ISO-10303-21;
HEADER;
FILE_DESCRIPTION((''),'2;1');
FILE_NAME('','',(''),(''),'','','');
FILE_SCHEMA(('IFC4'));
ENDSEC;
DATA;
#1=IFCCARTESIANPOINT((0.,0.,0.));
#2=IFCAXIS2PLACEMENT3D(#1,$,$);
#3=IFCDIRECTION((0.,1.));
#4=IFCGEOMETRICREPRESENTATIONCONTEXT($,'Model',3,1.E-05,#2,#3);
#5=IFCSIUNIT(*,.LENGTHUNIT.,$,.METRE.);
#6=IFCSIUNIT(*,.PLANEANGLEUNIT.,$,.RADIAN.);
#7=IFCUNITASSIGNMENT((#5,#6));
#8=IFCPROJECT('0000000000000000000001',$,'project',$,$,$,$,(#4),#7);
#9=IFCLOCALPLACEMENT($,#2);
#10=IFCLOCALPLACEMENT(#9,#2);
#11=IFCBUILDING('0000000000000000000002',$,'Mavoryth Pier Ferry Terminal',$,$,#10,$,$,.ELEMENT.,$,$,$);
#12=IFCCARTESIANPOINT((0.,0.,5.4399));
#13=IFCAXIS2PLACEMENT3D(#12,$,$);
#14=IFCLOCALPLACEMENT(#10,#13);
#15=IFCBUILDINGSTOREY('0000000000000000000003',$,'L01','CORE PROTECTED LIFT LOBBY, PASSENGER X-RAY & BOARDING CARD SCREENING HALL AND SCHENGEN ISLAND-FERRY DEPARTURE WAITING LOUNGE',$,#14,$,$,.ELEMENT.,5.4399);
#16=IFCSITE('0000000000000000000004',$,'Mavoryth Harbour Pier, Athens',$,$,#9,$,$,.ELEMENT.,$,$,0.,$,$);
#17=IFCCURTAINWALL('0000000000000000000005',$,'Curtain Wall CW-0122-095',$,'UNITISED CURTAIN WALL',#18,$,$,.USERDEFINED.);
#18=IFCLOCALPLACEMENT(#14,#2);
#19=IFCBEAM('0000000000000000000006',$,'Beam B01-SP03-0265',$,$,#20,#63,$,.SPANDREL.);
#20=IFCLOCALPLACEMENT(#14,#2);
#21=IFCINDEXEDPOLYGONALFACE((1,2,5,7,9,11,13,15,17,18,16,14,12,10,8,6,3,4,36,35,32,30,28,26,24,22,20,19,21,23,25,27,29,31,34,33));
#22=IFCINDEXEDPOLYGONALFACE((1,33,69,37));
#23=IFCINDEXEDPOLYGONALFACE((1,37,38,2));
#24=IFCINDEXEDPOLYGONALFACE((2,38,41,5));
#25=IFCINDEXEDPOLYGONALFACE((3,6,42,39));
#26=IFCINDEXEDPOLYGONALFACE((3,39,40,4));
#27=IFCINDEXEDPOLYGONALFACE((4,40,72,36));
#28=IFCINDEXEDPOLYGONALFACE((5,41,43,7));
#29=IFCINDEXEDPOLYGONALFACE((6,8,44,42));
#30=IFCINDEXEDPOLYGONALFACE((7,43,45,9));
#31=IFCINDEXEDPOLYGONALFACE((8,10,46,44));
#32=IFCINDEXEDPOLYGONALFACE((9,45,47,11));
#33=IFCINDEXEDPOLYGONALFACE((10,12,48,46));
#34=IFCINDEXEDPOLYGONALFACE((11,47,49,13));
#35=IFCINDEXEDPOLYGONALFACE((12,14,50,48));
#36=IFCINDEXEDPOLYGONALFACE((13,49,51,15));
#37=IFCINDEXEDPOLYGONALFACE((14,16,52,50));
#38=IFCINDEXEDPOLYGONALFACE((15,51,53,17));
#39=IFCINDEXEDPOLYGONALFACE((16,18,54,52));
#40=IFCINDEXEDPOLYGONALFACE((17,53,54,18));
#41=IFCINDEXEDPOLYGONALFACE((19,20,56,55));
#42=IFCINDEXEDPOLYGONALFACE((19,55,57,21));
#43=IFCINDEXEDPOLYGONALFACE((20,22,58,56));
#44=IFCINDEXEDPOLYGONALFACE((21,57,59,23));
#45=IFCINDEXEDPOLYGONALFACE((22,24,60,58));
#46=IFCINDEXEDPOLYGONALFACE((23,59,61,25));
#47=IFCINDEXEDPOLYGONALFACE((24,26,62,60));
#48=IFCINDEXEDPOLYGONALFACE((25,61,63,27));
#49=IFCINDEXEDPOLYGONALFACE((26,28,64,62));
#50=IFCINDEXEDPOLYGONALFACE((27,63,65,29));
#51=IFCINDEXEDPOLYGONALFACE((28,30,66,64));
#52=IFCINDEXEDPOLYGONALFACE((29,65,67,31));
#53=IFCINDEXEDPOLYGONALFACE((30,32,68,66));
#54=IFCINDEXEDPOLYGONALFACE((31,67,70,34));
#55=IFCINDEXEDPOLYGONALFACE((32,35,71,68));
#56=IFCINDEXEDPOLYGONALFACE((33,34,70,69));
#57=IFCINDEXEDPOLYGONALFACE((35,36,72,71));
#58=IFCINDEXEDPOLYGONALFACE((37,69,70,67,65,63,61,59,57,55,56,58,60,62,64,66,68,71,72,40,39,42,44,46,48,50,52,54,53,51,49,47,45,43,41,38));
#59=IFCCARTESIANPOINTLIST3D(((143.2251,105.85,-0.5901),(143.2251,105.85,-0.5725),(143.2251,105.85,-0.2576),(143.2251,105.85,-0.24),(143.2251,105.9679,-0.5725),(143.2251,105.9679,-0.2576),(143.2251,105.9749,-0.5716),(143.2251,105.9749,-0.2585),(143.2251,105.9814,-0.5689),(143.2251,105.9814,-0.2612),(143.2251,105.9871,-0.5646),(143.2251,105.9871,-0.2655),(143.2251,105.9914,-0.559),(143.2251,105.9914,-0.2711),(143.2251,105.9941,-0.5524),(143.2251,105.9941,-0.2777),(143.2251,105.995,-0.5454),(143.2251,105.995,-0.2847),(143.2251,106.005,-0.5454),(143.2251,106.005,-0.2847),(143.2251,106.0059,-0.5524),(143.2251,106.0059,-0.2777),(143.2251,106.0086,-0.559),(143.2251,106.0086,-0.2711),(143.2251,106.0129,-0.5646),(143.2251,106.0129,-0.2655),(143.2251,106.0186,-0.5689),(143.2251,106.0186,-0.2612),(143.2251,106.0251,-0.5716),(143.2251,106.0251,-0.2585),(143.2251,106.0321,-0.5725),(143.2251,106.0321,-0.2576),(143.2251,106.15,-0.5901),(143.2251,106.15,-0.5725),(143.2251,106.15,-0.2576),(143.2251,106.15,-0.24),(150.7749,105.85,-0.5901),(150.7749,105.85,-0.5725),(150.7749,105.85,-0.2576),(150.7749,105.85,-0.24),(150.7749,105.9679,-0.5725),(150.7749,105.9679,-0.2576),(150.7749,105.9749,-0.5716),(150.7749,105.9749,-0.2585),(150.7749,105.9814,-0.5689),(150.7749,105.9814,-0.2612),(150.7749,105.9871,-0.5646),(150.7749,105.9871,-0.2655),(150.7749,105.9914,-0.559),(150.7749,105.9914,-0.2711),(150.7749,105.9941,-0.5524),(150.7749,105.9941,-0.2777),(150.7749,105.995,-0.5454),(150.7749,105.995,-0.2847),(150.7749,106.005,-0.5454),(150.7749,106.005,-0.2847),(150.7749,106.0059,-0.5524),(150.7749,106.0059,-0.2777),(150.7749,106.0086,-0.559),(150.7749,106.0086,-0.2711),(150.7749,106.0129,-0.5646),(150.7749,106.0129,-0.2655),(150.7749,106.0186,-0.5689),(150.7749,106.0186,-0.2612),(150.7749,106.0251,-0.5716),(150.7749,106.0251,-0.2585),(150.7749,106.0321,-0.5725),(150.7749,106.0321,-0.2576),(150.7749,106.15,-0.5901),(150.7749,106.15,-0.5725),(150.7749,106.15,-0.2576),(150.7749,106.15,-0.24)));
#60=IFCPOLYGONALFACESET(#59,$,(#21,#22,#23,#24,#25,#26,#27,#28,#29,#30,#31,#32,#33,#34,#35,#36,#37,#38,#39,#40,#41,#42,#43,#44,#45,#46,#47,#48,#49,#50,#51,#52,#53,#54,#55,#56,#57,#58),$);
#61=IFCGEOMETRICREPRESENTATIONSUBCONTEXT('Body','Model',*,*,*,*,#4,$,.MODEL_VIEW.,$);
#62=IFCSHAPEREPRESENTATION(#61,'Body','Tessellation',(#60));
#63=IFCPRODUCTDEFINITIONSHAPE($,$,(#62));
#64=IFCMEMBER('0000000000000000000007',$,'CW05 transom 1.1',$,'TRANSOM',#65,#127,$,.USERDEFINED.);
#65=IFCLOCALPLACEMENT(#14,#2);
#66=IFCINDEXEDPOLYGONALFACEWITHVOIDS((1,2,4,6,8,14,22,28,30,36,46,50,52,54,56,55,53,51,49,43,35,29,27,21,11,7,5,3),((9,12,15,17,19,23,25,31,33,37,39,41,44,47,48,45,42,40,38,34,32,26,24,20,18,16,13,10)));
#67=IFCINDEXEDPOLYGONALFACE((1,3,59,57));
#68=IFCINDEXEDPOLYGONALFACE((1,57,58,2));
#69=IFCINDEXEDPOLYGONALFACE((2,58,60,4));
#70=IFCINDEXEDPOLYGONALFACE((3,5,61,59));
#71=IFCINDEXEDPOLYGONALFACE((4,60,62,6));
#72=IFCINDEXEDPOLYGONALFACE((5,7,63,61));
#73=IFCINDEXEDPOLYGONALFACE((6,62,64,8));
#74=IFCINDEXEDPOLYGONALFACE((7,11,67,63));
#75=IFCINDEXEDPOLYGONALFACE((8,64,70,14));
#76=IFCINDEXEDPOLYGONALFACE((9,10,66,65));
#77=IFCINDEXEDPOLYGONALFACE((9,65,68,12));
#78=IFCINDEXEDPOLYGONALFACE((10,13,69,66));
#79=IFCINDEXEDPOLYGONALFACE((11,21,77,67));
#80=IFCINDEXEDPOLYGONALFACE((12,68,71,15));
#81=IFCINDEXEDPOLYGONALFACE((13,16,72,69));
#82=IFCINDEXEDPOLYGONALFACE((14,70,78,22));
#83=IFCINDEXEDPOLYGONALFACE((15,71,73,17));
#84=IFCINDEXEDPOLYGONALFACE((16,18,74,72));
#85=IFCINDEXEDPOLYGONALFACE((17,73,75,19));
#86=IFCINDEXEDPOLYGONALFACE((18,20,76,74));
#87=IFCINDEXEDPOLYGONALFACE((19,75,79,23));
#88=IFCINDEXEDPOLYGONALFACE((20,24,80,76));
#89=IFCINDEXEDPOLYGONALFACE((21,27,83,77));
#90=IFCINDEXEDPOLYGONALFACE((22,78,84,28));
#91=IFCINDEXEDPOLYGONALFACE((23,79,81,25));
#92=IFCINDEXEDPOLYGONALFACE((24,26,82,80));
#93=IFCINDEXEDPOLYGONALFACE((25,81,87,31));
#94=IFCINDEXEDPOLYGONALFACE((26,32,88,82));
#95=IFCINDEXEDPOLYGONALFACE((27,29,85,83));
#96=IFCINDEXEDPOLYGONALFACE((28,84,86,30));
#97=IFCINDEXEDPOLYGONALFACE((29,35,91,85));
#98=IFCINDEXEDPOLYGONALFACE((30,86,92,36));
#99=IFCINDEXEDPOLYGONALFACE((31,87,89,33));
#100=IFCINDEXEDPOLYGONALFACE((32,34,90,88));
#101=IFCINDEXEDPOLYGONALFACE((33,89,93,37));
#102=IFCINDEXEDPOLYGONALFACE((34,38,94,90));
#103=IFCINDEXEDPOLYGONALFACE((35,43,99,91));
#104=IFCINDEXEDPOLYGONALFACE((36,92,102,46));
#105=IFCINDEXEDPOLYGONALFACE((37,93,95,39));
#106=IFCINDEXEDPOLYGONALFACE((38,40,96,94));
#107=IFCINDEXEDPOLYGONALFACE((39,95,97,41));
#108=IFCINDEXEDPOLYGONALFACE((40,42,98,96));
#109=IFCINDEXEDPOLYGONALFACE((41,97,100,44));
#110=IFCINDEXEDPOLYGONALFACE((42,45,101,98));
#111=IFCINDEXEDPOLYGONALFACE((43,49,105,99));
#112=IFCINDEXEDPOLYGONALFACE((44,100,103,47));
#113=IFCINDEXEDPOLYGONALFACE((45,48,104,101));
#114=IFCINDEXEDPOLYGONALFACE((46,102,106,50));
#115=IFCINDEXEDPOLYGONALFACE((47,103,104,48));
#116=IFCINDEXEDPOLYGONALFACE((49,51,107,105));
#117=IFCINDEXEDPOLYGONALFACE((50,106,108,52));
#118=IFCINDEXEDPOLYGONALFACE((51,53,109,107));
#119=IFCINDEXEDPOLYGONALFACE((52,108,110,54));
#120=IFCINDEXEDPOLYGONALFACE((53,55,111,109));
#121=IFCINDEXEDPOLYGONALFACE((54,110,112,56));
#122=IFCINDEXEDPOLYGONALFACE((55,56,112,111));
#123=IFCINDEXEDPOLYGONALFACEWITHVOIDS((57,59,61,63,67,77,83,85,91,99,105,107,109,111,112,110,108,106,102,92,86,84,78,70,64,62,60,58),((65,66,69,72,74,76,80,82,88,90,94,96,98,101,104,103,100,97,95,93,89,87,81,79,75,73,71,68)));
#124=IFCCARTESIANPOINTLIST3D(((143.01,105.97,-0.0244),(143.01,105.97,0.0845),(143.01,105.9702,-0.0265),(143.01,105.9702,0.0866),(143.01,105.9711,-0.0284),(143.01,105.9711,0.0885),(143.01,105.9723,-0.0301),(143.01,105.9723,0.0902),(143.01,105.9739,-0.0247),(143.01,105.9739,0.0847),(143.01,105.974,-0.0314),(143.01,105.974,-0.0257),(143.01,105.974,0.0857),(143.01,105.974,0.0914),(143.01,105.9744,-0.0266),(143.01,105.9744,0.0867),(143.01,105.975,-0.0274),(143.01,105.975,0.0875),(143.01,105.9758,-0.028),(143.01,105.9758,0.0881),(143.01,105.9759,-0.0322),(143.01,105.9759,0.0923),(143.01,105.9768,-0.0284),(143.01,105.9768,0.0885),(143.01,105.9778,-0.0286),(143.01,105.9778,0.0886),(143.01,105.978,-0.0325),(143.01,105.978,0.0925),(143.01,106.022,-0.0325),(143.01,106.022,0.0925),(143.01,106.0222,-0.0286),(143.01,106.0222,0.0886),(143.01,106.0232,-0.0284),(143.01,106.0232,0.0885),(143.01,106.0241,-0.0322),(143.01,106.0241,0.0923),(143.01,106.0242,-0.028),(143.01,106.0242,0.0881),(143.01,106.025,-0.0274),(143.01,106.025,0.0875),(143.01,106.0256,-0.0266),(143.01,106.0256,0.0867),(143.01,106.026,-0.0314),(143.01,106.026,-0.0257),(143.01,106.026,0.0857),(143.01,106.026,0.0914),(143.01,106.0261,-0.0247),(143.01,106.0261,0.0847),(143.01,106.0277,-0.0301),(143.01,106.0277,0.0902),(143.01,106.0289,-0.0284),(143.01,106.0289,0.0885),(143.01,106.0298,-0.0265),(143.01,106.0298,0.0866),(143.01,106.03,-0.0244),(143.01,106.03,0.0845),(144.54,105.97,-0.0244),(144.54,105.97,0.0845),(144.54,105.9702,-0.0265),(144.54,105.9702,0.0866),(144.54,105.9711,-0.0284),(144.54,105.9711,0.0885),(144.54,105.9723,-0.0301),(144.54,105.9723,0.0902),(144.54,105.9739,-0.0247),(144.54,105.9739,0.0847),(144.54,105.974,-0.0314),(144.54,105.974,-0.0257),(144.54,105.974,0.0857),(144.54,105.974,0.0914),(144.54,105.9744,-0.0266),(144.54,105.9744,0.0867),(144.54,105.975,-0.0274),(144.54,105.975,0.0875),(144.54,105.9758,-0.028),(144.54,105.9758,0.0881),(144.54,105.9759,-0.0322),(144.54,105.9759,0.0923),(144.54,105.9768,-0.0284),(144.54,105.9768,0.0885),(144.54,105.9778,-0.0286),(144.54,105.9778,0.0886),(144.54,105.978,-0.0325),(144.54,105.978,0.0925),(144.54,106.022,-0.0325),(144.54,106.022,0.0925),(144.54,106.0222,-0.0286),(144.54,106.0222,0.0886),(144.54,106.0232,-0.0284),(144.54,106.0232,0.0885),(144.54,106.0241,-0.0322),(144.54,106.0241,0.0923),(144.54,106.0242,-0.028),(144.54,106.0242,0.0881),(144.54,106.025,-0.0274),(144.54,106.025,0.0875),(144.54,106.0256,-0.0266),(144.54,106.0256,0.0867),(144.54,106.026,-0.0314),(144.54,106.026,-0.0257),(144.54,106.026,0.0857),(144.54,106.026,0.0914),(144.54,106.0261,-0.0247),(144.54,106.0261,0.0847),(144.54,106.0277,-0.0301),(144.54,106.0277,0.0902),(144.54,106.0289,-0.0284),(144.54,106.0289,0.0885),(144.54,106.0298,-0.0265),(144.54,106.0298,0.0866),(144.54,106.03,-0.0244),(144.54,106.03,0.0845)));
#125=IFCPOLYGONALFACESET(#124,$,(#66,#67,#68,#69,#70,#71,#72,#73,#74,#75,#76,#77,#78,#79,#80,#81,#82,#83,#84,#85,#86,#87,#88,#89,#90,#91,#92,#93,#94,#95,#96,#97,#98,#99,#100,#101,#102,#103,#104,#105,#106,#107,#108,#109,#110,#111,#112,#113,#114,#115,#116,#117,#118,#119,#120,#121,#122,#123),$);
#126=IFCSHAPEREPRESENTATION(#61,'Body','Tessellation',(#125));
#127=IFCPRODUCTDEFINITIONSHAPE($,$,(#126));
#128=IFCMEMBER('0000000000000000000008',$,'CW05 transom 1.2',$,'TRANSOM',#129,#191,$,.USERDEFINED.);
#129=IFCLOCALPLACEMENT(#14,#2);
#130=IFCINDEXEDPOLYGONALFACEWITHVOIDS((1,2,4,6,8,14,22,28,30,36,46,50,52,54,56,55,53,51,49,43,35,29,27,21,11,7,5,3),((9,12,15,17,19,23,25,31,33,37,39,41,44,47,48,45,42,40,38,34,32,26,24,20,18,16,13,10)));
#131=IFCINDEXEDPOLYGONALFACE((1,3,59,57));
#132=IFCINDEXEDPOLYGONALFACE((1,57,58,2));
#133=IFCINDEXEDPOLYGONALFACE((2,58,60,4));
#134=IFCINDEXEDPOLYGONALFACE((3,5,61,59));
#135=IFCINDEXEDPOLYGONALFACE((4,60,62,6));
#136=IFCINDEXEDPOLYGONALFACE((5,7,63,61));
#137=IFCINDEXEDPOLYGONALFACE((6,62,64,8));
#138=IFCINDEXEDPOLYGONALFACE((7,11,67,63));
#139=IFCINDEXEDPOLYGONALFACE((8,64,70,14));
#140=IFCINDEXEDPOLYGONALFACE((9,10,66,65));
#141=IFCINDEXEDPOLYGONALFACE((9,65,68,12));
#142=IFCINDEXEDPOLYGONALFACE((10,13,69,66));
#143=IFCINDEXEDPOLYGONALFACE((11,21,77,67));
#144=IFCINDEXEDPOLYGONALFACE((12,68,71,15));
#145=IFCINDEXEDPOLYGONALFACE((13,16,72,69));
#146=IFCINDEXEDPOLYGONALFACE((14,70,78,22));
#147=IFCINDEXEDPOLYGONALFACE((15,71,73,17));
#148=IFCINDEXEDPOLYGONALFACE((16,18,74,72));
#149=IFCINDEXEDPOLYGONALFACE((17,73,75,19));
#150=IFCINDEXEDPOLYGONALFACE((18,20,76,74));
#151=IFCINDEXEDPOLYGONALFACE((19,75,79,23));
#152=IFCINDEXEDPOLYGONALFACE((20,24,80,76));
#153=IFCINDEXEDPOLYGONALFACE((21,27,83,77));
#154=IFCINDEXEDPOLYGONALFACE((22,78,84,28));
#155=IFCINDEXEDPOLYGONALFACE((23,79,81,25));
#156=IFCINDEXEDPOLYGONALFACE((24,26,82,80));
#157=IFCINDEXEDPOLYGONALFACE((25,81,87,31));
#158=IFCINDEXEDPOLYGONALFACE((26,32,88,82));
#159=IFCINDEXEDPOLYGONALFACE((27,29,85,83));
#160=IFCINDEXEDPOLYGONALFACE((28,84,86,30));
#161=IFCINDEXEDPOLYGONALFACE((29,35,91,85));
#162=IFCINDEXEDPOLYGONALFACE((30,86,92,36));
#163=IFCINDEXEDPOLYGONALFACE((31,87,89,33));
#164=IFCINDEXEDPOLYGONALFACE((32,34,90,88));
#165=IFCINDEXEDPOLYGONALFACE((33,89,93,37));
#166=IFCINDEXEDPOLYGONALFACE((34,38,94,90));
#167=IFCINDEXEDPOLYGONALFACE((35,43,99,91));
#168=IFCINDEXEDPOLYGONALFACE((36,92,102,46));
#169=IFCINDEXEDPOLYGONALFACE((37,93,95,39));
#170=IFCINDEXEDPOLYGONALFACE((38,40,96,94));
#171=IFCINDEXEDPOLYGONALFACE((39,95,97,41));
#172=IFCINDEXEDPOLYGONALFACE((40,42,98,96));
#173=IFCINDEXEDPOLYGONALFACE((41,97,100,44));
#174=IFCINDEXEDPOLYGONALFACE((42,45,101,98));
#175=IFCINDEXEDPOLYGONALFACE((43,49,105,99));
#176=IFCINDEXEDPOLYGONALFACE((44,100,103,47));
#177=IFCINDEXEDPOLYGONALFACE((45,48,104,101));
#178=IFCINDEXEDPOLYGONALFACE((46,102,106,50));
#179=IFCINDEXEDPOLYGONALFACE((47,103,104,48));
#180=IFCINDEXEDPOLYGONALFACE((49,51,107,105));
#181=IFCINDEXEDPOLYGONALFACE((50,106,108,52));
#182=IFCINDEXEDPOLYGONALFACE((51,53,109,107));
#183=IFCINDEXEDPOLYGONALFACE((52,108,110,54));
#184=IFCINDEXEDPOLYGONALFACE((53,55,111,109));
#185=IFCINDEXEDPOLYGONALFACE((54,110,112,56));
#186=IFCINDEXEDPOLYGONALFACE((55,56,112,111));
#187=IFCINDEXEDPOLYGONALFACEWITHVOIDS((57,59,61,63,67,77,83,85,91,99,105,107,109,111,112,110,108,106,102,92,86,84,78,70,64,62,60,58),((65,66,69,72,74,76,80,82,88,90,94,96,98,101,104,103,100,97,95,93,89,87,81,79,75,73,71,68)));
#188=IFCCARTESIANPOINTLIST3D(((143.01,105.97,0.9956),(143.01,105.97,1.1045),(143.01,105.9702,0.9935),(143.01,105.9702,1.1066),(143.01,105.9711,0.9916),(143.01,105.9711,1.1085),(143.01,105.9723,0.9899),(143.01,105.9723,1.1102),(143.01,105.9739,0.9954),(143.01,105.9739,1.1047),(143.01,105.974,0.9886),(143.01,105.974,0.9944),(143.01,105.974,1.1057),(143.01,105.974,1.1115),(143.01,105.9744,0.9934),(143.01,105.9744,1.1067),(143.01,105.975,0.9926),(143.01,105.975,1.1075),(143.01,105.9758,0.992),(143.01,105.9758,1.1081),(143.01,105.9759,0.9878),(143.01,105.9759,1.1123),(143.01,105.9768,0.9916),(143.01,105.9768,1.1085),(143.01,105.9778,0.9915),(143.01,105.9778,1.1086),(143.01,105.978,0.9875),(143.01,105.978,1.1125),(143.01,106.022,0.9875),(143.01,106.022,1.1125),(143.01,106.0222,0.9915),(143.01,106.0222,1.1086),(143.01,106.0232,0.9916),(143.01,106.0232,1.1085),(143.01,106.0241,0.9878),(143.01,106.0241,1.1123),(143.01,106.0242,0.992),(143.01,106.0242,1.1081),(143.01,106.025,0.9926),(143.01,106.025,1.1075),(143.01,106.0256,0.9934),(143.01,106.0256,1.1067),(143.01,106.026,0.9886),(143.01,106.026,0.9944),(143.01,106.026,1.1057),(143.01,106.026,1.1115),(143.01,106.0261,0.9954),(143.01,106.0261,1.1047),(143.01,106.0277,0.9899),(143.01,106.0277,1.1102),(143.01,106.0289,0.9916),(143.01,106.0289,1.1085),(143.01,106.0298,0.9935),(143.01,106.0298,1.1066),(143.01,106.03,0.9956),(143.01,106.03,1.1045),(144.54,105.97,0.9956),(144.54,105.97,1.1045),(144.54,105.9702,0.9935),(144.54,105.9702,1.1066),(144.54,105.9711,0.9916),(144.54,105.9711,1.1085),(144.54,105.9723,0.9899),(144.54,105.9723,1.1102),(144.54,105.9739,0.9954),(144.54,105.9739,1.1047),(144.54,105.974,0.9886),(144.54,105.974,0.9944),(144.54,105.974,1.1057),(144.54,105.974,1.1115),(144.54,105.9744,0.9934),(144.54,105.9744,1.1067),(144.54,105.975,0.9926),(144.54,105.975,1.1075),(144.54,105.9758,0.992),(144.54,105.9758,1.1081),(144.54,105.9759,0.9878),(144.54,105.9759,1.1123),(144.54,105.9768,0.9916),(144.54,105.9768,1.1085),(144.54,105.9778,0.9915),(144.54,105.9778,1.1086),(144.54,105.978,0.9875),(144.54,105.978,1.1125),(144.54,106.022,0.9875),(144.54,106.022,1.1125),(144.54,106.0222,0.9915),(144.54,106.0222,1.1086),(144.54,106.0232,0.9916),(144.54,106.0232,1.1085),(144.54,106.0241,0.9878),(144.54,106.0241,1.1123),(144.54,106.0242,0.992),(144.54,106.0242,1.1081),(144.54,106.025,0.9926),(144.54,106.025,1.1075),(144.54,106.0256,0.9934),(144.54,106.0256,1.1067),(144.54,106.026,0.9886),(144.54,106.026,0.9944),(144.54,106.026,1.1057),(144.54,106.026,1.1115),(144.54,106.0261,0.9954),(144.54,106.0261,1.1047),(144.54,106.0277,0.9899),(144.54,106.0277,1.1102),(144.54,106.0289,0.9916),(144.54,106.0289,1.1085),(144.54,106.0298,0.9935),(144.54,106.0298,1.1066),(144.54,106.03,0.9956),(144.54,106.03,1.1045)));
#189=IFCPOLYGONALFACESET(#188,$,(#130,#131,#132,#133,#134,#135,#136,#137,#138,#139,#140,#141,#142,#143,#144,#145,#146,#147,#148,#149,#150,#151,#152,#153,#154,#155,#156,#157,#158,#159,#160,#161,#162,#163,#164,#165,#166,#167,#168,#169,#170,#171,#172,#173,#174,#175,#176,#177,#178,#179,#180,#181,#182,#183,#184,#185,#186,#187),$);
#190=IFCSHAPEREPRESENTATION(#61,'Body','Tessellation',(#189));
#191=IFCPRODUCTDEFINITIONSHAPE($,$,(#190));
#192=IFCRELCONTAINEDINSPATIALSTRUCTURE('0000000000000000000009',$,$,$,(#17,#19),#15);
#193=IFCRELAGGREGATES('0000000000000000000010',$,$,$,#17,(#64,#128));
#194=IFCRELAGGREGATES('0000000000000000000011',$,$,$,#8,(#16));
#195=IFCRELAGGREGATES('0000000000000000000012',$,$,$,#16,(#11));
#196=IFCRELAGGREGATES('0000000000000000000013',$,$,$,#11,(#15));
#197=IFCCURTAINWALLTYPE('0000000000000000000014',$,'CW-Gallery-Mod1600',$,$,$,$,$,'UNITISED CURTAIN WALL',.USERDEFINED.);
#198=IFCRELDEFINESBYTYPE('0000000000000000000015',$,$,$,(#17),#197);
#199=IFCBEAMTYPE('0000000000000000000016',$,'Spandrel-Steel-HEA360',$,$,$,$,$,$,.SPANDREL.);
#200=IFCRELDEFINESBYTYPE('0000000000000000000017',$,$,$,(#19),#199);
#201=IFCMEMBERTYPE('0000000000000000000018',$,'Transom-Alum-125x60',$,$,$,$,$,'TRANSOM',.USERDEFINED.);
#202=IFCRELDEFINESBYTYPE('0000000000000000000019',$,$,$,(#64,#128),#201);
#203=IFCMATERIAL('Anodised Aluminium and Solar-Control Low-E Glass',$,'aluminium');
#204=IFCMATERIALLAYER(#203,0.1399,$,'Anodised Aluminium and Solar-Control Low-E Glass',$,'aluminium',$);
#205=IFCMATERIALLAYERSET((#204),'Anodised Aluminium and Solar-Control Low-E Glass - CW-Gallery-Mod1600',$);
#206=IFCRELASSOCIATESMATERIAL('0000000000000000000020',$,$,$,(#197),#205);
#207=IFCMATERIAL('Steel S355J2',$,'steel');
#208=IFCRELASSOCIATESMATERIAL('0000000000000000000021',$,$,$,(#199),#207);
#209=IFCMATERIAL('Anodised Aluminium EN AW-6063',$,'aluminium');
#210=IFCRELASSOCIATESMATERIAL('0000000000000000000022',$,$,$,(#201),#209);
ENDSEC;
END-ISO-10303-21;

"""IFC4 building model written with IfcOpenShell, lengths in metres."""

from ifc_helpers import new_model, si_unit, direction, frame, origin, origin_2d, place, context, subcontext, project, spatial, hollow_rectangle, i_section, extrude, material, layer, layer_set, material_profile, profile_set, type_object, element, aggregate, save


model = new_model("IFC4")

# Units and contexts
model_context = context("Model", 3, precision=1e-05, world=origin(), true_north=direction((0.0, 1.0)))
body_context = subcontext(model_context, "Body", "Model", "MODEL_VIEW")
ifc_project = project(units=[si_unit("LENGTHUNIT", "METRE"), si_unit("PLANEANGLEUNIT", "RADIAN")], contexts=[model_context])

# Site, building, storey
site_placement = place(None, origin())
site = spatial("IfcSite", under=ifc_project, at=site_placement, Name="Mavoryth Harbour Pier, Athens", CompositionType="ELEMENT", RefElevation=0.0)
building_placement = place(site_placement, origin())
building = spatial("IfcBuilding", under=site, at=building_placement, Name="Mavoryth Pier Ferry Terminal", CompositionType="ELEMENT")
storey_placement = place(building_placement, frame((0.0, 0.0, 5.4399)))
storey = spatial("IfcBuildingStorey", under=building, at=storey_placement, Name="L01", Description="CORE PROTECTED LIFT LOBBY, PASSENGER X-RAY & BOARDING CARD SCREENING HALL AND SCHENGEN ISLAND-FERRY DEPARTURE WAITING LOUNGE", CompositionType="ELEMENT", Elevation=5.4399)

# Shared definitions
ifc_material_1 = material(Name="Steel S355J2", Category="steel")

# Curtain wall
ifc_material_2 = material(Name="Anodised Aluminium and Solar-Control Low-E Glass", Category="aluminium")
ifc_layer_1 = layer(ifc_material_2, 0.1399, Name="Anodised Aluminium and Solar-Control Low-E Glass", Category="aluminium")
ifc_layer_set_1 = layer_set([ifc_layer_1], Name="Anodised Aluminium and Solar-Control Low-E Glass - CW-Gallery-Mod1600")
curtain_wall_type = type_object("IfcCurtainWallType", Name="CW-Gallery-Mod1600", ElementType="UNITISED CURTAIN WALL", PredefinedType="USERDEFINED", material=ifc_layer_set_1)
curtain_wall_placement = place(storey_placement, origin())
curtain_wall = element("IfcCurtainWall", 1, at=curtain_wall_placement, inside=storey, type_object=curtain_wall_type, Name="Curtain Wall CW-0122-095", ObjectType="UNITISED CURTAIN WALL", PredefinedType="USERDEFINED")
ifc_material_3 = material(Name="Anodised Aluminium EN AW-6063", Category="aluminium")

# Beam
ifc_material_profile_1 = material_profile(ifc_material_1, i_section(OverallWidth=0.3, OverallDepth=0.3501, WebThickness=0.01, FlangeThickness=0.0176, FilletRadius=0.0271, at=origin_2d()), Name="HEA 360", Category="steel")
ifc_profile_set_1 = profile_set([ifc_material_profile_1], Name="Steel S355J2 - HEA 360")
beam_type_1 = type_object("IfcBeamType", Name="Spandrel-Steel-HEA360", PredefinedType="SPANDREL", material=ifc_profile_set_1)
beam_placement = place(storey_placement, frame((143.2251, 106.0, -0.415), z_axis=(1.0, 0.0, 0.0), x_axis=(0.0, 1.0, 0.0)))
element("IfcBeam", 2, at=beam_placement, inside=storey, type_object=beam_type_1, Name="Beam B01-SP03-0265", PredefinedType="SPANDREL", context=body_context, shape_type="SweptSolid", body=[
    extrude(i_section(OverallWidth=0.3, OverallDepth=0.3501, WebThickness=0.01, FlangeThickness=0.0176, FilletRadius=0.0271, at=origin_2d()), origin(), (0.0, 0.0, 1.0), 7.5498),
])

# Members
ifc_material_profile_2 = material_profile(ifc_material_3, hollow_rectangle(XDim=0.0601, YDim=0.125, WallThickness=0.0039, InnerFilletRadius=0.0039, OuterFilletRadius=0.0081, at=origin_2d()), Name="AL-TRAN 125x60x4", Category="aluminium")
ifc_profile_set_2 = profile_set([ifc_material_profile_2], Name="Anodised Aluminium EN AW-6063 - AL-TRAN 125x60x4")
member_type_1 = type_object("IfcMemberType", Name="Transom-Alum-125x60", ElementType="TRANSOM", PredefinedType="USERDEFINED", material=ifc_profile_set_2)
member_1_placement = place(storey_placement, frame((143.01, 106.0, 0.03), z_axis=(1.0, 0.0, 0.0), x_axis=(0.0, 1.0, 0.0)))
member_1 = element("IfcMember", 3, at=member_1_placement, type_object=member_type_1, Name="CW05 transom 1.1", ObjectType="TRANSOM", PredefinedType="USERDEFINED", context=body_context, shape_type="SweptSolid", body=[
    extrude(hollow_rectangle(XDim=0.0601, YDim=0.125, WallThickness=0.0039, InnerFilletRadius=0.0039, OuterFilletRadius=0.0081, at=origin_2d()), origin(), (0.0, 0.0, 1.0), 1.53),
])
member_2_placement = place(storey_placement, frame((143.01, 106.0, 1.05), z_axis=(1.0, 0.0, 0.0), x_axis=(0.0, 1.0, 0.0)))
member_2 = element("IfcMember", 4, at=member_2_placement, type_object=member_type_1, Name="CW05 transom 1.2", ObjectType="TRANSOM", PredefinedType="USERDEFINED", context=body_context, shape_type="SweptSolid", body=[
    extrude(hollow_rectangle(XDim=0.0601, YDim=0.125, WallThickness=0.0039, InnerFilletRadius=0.0039, OuterFilletRadius=0.0081, at=origin_2d()), origin(), (0.0, 0.0, 1.0), 1.53),
])

aggregate(curtain_wall, [member_1, member_2])

save(model, "model.ifc")
